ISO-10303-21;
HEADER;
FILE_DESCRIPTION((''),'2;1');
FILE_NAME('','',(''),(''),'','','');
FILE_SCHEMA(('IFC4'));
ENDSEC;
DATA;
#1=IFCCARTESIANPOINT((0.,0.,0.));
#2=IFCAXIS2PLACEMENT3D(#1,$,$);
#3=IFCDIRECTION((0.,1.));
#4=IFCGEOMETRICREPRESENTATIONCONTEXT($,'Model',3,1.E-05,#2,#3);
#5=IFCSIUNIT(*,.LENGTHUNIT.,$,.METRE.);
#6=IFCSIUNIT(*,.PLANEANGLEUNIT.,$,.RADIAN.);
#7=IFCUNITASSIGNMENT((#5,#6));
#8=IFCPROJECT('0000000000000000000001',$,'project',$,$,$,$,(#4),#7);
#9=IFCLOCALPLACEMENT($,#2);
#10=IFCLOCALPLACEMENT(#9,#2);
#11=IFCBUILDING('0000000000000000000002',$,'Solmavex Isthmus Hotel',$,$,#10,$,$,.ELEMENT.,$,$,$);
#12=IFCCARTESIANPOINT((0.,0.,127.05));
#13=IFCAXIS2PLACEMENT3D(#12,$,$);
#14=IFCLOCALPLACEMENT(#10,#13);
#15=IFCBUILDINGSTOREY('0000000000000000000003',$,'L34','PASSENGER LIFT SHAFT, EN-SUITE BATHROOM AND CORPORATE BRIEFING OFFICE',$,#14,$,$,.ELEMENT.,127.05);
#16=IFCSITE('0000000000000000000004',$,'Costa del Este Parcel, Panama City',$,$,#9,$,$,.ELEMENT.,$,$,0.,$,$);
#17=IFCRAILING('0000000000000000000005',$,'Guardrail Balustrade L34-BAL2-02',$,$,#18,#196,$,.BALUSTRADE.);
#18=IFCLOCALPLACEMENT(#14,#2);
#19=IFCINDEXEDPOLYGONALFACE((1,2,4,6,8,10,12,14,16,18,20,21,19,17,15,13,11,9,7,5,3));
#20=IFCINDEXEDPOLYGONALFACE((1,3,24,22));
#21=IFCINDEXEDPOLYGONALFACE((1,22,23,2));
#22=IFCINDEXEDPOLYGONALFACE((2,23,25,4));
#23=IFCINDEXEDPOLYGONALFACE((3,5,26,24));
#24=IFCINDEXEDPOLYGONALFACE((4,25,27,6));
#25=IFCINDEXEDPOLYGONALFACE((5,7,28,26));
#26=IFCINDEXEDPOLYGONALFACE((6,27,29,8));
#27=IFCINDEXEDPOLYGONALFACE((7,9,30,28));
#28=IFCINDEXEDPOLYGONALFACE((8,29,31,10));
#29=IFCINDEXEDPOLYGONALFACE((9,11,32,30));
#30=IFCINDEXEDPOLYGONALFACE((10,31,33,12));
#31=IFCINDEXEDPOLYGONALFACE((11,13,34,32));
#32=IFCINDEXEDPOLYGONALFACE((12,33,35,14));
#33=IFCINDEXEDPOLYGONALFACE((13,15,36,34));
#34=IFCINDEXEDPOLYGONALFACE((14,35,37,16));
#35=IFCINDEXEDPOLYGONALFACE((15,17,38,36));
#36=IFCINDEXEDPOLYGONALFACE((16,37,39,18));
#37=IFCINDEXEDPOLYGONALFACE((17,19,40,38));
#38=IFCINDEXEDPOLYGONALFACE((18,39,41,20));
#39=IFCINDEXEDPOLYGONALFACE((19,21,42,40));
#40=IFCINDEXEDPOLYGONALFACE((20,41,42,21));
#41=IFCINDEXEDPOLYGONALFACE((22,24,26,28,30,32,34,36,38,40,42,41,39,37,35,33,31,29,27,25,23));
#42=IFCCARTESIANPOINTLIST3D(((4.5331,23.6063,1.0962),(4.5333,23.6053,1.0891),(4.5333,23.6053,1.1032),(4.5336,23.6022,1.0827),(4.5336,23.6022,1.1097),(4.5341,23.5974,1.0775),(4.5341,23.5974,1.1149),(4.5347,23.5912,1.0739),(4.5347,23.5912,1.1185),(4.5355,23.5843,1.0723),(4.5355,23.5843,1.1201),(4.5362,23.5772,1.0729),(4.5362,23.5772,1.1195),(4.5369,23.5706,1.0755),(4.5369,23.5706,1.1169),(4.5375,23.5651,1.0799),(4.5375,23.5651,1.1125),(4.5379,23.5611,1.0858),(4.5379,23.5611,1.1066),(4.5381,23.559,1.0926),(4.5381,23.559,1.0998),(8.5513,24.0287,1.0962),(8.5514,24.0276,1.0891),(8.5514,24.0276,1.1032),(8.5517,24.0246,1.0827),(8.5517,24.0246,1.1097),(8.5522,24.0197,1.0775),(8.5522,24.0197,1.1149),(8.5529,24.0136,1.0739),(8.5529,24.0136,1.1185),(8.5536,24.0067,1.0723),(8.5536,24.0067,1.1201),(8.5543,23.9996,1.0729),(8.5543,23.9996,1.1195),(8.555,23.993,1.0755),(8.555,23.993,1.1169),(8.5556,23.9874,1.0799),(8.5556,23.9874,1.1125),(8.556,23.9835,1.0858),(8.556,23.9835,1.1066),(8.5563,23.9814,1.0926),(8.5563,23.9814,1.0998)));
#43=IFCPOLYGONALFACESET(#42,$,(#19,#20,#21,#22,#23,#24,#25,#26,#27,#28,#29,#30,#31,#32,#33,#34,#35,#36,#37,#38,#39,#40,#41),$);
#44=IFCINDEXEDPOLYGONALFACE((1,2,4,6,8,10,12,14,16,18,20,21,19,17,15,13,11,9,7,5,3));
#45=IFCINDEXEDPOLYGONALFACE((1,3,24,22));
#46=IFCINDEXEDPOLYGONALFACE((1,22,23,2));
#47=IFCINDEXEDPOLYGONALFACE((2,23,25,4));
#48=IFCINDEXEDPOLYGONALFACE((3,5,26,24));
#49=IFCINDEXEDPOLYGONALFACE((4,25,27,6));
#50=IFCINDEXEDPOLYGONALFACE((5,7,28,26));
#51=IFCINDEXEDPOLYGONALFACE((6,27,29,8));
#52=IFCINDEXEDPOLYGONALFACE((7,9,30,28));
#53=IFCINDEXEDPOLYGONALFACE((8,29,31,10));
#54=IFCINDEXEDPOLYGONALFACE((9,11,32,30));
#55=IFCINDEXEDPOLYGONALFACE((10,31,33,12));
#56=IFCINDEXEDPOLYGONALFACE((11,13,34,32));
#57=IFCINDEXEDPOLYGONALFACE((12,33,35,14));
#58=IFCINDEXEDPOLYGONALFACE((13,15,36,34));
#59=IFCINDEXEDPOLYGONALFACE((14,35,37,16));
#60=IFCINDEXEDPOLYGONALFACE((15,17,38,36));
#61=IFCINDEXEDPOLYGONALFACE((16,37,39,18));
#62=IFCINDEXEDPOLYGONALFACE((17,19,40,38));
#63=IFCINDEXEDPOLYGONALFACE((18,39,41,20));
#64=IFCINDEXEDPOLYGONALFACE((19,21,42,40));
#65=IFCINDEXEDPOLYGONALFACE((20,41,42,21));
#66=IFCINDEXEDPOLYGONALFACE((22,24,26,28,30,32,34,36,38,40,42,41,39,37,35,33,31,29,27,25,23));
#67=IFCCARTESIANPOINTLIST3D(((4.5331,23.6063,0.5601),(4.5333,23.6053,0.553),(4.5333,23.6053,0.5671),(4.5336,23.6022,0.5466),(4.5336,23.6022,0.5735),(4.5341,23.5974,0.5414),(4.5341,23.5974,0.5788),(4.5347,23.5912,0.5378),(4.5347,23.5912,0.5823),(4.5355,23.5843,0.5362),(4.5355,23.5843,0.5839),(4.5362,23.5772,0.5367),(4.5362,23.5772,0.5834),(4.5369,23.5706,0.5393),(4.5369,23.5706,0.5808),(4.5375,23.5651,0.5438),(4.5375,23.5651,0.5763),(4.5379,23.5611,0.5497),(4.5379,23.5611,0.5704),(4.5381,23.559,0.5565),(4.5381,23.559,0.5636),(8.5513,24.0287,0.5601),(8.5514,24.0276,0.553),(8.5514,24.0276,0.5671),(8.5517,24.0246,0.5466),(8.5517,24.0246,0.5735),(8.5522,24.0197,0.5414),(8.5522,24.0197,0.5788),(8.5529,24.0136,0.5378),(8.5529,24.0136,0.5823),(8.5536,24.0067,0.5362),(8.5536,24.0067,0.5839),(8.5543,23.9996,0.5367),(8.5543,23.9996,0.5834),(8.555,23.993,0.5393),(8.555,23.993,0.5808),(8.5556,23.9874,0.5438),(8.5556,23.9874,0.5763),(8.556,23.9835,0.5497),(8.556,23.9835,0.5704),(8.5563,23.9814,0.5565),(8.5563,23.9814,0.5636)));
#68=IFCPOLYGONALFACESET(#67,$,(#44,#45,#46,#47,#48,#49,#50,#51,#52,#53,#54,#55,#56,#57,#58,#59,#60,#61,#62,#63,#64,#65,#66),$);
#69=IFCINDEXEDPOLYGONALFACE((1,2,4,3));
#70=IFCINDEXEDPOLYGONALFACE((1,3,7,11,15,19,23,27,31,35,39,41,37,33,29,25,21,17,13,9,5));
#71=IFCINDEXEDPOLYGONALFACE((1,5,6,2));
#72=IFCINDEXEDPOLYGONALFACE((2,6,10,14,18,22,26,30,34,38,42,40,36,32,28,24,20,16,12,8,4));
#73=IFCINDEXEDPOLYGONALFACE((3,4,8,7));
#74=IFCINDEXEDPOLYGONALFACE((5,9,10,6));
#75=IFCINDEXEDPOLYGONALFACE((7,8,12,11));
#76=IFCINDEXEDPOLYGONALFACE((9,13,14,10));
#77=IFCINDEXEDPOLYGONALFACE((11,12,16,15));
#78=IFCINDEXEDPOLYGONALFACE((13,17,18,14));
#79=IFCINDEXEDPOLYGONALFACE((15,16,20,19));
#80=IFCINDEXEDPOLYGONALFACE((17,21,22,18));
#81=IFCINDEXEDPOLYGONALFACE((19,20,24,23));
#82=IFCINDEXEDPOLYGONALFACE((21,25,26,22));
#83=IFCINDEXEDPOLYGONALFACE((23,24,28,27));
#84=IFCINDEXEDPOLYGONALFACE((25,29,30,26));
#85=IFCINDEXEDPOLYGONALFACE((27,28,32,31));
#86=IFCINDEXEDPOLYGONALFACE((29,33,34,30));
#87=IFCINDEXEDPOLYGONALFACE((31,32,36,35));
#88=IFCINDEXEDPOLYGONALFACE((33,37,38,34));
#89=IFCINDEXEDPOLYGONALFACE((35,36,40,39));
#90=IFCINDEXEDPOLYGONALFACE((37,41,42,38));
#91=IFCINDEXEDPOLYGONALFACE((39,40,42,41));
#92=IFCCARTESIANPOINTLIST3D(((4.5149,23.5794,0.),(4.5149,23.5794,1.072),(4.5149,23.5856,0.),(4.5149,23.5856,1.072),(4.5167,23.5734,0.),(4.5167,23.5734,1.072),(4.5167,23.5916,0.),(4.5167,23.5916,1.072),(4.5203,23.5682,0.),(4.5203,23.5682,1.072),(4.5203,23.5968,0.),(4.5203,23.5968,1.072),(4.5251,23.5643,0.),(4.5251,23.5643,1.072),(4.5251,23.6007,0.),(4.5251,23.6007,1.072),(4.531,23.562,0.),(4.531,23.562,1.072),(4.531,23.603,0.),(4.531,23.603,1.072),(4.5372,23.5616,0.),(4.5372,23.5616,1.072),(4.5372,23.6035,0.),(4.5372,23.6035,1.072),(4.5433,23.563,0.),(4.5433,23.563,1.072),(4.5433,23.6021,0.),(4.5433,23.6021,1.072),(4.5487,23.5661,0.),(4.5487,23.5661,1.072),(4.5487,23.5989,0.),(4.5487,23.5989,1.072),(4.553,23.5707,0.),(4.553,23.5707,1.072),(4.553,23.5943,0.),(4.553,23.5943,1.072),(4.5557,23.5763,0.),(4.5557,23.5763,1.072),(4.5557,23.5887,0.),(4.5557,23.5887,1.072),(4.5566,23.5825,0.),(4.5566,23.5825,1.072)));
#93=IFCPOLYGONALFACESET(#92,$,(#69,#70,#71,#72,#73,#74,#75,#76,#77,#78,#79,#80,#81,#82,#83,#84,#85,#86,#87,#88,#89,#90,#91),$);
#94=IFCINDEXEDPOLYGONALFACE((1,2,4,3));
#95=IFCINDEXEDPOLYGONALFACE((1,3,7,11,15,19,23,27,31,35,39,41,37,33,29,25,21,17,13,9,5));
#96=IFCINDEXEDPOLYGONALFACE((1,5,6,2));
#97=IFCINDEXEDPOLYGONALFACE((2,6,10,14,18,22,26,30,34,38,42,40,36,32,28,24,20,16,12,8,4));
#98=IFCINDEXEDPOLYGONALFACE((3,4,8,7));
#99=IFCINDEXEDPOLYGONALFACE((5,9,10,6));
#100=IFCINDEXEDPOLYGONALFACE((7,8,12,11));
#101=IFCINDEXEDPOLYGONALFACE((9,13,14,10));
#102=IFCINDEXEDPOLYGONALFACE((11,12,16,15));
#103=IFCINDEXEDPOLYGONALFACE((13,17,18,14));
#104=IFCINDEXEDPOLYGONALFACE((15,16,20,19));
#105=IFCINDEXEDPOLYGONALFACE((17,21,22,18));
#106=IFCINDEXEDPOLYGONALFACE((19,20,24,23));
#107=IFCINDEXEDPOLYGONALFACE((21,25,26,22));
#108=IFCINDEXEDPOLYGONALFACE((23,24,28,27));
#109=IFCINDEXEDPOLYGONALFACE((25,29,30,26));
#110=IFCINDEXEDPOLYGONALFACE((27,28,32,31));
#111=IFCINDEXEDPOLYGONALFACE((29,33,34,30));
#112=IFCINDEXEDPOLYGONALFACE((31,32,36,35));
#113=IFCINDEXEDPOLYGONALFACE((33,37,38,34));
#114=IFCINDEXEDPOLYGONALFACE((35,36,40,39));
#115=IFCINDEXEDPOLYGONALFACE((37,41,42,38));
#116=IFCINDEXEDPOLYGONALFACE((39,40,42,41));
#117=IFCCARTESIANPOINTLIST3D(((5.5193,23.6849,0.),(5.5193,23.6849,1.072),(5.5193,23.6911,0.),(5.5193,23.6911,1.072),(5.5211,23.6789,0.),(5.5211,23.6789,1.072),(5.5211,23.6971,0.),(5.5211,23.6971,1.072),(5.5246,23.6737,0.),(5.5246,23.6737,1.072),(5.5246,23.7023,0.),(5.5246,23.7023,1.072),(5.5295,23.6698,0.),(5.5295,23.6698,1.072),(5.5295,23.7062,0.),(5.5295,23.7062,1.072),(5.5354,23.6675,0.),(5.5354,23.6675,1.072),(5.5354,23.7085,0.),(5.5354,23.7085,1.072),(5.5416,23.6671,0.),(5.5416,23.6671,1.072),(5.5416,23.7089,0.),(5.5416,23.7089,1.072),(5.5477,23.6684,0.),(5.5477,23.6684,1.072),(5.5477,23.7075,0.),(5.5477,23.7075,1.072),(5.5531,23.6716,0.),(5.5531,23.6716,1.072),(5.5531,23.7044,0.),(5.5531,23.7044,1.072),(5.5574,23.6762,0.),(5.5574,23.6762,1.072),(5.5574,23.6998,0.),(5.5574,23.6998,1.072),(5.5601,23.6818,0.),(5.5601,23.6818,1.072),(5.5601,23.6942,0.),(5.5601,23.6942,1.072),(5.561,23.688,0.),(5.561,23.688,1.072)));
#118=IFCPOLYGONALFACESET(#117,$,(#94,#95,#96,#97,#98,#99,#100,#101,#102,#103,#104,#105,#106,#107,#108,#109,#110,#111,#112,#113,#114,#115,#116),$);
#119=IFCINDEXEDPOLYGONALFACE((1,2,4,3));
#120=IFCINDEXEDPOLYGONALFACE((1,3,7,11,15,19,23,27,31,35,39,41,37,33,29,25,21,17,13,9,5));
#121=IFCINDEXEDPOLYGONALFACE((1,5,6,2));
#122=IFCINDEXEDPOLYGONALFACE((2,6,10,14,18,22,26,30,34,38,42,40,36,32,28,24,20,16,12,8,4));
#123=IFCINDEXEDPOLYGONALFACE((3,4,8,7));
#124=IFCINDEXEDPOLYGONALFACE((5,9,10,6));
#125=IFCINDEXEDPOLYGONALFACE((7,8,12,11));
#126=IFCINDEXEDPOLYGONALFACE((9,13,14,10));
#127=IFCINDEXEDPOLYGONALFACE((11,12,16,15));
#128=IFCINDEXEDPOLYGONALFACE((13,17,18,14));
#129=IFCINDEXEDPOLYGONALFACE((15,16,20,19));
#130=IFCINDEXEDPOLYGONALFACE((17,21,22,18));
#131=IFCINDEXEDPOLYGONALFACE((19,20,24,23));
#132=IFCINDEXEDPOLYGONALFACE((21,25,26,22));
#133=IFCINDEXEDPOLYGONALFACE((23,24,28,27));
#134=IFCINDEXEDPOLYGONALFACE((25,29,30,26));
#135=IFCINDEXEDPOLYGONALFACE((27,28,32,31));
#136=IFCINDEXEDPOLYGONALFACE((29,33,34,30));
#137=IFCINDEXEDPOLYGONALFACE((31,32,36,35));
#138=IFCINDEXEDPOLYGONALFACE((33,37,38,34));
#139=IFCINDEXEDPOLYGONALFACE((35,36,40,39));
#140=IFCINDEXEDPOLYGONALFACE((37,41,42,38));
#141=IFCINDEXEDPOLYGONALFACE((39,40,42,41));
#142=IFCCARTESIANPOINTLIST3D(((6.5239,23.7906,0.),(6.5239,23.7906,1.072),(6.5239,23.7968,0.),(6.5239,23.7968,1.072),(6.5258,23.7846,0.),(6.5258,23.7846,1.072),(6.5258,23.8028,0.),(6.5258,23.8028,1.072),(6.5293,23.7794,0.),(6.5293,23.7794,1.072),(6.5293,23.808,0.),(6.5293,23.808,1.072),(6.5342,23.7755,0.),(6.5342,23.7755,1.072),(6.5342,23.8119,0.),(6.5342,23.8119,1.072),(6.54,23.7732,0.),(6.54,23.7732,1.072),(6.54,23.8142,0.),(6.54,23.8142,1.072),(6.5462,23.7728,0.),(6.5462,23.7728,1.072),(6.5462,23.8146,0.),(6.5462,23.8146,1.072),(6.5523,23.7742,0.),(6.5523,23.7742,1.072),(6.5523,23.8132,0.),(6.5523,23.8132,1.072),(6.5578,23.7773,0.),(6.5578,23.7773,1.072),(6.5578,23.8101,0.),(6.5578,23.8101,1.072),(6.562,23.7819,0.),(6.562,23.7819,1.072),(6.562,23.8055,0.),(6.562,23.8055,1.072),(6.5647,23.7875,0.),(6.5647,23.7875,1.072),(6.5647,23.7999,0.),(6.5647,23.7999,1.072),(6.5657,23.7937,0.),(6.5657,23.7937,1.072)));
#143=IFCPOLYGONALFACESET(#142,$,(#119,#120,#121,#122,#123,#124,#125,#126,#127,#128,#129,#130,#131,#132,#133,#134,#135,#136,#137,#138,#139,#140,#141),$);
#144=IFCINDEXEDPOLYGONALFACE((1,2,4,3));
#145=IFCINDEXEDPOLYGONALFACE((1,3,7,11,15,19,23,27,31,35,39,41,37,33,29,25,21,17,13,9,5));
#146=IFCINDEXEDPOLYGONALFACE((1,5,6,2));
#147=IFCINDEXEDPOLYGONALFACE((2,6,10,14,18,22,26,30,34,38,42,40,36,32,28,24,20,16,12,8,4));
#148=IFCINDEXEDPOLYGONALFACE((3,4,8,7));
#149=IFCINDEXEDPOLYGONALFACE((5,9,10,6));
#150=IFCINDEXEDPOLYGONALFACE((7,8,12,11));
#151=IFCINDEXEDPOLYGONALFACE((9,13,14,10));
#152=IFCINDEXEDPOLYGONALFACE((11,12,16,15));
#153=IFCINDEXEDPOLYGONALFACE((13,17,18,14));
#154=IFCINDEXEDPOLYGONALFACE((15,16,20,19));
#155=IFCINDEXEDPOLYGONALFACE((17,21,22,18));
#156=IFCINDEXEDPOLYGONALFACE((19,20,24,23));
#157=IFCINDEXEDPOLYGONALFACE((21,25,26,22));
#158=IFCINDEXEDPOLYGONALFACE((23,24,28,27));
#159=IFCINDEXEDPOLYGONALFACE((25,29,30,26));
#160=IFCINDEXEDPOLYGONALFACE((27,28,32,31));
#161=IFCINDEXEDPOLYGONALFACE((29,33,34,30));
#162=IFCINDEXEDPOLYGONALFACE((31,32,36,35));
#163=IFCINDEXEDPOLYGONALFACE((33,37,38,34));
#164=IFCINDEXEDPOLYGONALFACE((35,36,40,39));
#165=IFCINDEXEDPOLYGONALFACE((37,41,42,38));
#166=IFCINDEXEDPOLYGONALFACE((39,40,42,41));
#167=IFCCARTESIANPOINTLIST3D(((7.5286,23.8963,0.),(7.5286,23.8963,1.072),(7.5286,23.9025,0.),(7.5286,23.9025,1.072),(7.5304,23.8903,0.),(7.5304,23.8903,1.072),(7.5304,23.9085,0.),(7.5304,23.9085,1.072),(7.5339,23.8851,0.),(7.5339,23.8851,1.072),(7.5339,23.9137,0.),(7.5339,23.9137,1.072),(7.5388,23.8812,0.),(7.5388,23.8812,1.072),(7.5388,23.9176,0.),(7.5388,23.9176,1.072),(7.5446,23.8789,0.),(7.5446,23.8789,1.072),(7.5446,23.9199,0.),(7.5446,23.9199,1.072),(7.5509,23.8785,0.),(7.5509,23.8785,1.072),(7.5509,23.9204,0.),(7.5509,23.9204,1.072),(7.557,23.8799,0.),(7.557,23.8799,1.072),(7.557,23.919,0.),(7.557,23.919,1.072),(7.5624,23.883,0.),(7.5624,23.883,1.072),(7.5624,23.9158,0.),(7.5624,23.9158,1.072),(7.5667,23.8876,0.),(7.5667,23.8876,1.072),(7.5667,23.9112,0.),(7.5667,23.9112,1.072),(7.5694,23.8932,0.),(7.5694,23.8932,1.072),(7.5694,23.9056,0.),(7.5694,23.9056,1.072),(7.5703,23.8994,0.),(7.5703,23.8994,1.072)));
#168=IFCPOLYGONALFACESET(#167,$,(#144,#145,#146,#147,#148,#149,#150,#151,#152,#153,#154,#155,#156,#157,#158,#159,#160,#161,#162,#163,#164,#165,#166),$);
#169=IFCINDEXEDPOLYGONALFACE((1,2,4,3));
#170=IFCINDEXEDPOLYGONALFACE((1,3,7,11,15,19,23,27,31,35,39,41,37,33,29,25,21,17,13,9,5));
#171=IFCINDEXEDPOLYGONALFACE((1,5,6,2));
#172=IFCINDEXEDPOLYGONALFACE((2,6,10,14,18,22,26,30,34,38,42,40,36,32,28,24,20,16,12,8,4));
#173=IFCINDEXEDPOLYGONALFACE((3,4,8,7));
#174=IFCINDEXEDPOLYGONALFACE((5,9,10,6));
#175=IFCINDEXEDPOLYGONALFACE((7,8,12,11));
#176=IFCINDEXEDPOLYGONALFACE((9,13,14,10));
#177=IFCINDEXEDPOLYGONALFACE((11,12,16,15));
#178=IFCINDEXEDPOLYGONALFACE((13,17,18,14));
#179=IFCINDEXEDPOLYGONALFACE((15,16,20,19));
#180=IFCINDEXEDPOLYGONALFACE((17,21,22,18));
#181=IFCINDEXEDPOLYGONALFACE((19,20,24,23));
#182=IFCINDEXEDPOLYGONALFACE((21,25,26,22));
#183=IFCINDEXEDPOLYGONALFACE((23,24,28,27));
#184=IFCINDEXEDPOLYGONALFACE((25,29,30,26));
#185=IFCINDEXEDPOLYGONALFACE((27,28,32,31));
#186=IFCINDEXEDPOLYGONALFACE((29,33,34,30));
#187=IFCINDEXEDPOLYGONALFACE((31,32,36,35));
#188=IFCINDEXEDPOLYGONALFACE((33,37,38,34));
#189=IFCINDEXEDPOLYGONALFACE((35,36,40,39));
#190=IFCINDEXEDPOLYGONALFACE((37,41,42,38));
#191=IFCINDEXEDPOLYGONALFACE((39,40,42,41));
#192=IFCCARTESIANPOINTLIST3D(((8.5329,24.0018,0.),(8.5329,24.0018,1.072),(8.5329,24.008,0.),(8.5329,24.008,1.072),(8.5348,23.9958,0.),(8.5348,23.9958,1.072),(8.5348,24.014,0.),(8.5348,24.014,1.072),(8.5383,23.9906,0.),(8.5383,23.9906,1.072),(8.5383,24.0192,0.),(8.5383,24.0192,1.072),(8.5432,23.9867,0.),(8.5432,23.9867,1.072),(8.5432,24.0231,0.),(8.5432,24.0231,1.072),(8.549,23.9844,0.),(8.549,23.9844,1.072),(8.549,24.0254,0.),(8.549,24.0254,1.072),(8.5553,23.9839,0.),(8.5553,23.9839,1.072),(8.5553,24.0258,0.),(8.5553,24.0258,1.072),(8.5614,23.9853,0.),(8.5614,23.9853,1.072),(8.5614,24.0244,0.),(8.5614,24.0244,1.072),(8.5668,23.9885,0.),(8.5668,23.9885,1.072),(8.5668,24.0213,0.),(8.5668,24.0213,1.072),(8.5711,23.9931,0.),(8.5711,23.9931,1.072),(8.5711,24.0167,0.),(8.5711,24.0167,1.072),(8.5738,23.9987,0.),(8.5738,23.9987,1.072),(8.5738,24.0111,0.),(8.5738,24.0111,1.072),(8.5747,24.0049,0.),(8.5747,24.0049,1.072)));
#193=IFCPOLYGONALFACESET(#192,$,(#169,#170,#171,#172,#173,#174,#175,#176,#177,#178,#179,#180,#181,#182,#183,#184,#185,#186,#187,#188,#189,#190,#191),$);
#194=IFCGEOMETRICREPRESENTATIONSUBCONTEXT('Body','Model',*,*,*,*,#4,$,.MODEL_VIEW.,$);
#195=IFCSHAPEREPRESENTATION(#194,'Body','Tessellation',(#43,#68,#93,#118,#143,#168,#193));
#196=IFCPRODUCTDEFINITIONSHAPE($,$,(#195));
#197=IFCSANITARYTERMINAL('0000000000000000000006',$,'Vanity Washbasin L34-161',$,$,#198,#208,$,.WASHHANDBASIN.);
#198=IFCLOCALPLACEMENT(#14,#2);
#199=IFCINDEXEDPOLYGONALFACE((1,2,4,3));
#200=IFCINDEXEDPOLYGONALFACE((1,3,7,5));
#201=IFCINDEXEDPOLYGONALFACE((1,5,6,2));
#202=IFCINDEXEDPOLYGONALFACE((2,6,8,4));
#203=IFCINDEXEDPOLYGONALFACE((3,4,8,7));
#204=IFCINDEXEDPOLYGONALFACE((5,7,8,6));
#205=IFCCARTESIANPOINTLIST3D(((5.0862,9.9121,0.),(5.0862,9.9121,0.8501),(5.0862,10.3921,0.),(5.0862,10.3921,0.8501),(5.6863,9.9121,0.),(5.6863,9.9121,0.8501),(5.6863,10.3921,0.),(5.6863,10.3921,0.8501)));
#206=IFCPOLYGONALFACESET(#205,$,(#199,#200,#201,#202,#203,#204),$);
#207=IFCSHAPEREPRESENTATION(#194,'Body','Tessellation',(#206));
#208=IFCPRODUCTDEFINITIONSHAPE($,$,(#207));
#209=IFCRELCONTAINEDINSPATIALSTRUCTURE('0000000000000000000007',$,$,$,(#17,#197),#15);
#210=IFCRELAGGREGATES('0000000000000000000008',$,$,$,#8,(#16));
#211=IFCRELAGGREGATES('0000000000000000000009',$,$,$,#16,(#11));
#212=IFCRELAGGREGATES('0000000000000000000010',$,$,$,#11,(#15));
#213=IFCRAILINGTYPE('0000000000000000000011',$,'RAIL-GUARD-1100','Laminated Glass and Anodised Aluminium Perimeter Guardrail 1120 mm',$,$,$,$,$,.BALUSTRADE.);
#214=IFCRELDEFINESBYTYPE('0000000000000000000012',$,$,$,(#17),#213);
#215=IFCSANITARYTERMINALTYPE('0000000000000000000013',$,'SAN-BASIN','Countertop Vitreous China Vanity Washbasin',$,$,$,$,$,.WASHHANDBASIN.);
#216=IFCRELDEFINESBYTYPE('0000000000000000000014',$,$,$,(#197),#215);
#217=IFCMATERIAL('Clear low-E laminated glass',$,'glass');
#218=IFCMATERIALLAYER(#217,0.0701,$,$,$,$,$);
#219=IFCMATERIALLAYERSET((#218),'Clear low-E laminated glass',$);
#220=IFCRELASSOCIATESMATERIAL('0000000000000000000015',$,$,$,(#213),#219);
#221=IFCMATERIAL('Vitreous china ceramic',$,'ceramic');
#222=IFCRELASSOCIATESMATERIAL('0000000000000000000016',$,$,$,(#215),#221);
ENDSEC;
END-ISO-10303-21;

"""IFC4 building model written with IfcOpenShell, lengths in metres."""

from ifc_helpers import new_model, si_unit, direction, frame, origin, origin_2d, place, context, subcontext, project, spatial, rectangle, circle, extrude, material, layer, layer_set, type_object, element, save


model = new_model("IFC4")

# Units and contexts
model_context = context("Model", 3, precision=1e-05, world=origin(), true_north=direction((0.0, 1.0)))
body_context = subcontext(model_context, "Body", "Model", "MODEL_VIEW")
ifc_project = project(units=[si_unit("LENGTHUNIT", "METRE"), si_unit("PLANEANGLEUNIT", "RADIAN")], contexts=[model_context])

# Site, building, storey
site_placement = place(None, origin())
site = spatial("IfcSite", under=ifc_project, at=site_placement, Name="Costa del Este Parcel, Panama City", CompositionType="ELEMENT", RefElevation=0.0)
building_placement = place(site_placement, origin())
building = spatial("IfcBuilding", under=site, at=building_placement, Name="Solmavex Isthmus Hotel", CompositionType="ELEMENT")
storey_placement = place(building_placement, frame((0.0, 0.0, 127.05)))
storey = spatial("IfcBuildingStorey", under=building, at=storey_placement, Name="L34", Description="PASSENGER LIFT SHAFT, EN-SUITE BATHROOM AND CORPORATE BRIEFING OFFICE", CompositionType="ELEMENT", Elevation=127.05)

# Shared definitions
ifc_material_1 = material(Name="Clear low-E laminated glass", Category="glass")

# Railing
ifc_layer_1 = layer(ifc_material_1, 0.0701)
ifc_layer_set_1 = layer_set([ifc_layer_1], Name="Clear low-E laminated glass")
railing_type = type_object("IfcRailingType", Name="RAIL-GUARD-1100", Description="Laminated Glass and Anodised Aluminium Perimeter Guardrail 1120 mm", PredefinedType="BALUSTRADE", material=ifc_layer_set_1)
railing_1_placement = place(storey_placement, frame((4.5356, 23.5825, 0.0)))
element("IfcRailing", 1, at=railing_1_placement, inside=storey, type_object=railing_type, Name="Guardrail Balustrade L34-BAL2-02", PredefinedType="BALUSTRADE", context=body_context, shape_type="SweptSolid", body=[
    extrude(circle(Radius=0.0239, at=origin_2d()), frame((0.0, 0.0, 1.0962), z_axis=(0.994521, 0.10454, 0.0), x_axis=(-0.10454, 0.994521, 0.0)), (0.0, 0.0, 1.0), 4.0403),
    extrude(circle(Radius=0.0239, at=origin_2d()), frame((0.0, 0.0, 0.5601), z_axis=(0.994521, 0.10454, 0.0), x_axis=(-0.10454, 0.994521, 0.0)), (0.0, 0.0, 1.0), 4.0403),
    extrude(circle(Radius=0.021, at=origin_2d()), origin(), (0.0, 0.0, 1.0), 1.072),
    extrude(circle(Radius=0.021, at=origin_2d()), frame((1.0044, 0.1055, 0.0)), (0.0, 0.0, 1.0), 1.072),
    extrude(circle(Radius=0.021, at=origin_2d()), frame((2.009, 0.2112, 0.0)), (0.0, 0.0, 1.0), 1.072),
    extrude(circle(Radius=0.021, at=origin_2d()), frame((3.0137, 0.3169, 0.0)), (0.0, 0.0, 1.0), 1.072),
    extrude(circle(Radius=0.021, at=origin_2d()), frame((4.0181, 0.4224, 0.0)), (0.0, 0.0, 1.0), 1.072),
])

# Sanitary terminal
ifc_material_2 = material(Name="Vitreous china ceramic", Category="ceramic")
sanitary_terminal_type_1 = type_object("IfcSanitaryTerminalType", Name="SAN-BASIN", Description="Countertop Vitreous China Vanity Washbasin", PredefinedType="WASHHANDBASIN", material=ifc_material_2)
sanitary_terminal_1_placement = place(storey_placement, frame((5.3862, 10.1521, 0.0), z_axis=(0.0, 0.0, 1.0), x_axis=(1.0, 0.0, 0.0)))
element("IfcSanitaryTerminal", 2, at=sanitary_terminal_1_placement, inside=storey, type_object=sanitary_terminal_type_1, Name="Vanity Washbasin L34-161", PredefinedType="WASHHANDBASIN", context=body_context, shape_type="SweptSolid", body=[
    extrude(rectangle(XDim=0.6001, YDim=0.48, at=origin_2d()), origin(), (0.0, 0.0, 1.0), 0.8501),
])

save(model, "model.ifc")
